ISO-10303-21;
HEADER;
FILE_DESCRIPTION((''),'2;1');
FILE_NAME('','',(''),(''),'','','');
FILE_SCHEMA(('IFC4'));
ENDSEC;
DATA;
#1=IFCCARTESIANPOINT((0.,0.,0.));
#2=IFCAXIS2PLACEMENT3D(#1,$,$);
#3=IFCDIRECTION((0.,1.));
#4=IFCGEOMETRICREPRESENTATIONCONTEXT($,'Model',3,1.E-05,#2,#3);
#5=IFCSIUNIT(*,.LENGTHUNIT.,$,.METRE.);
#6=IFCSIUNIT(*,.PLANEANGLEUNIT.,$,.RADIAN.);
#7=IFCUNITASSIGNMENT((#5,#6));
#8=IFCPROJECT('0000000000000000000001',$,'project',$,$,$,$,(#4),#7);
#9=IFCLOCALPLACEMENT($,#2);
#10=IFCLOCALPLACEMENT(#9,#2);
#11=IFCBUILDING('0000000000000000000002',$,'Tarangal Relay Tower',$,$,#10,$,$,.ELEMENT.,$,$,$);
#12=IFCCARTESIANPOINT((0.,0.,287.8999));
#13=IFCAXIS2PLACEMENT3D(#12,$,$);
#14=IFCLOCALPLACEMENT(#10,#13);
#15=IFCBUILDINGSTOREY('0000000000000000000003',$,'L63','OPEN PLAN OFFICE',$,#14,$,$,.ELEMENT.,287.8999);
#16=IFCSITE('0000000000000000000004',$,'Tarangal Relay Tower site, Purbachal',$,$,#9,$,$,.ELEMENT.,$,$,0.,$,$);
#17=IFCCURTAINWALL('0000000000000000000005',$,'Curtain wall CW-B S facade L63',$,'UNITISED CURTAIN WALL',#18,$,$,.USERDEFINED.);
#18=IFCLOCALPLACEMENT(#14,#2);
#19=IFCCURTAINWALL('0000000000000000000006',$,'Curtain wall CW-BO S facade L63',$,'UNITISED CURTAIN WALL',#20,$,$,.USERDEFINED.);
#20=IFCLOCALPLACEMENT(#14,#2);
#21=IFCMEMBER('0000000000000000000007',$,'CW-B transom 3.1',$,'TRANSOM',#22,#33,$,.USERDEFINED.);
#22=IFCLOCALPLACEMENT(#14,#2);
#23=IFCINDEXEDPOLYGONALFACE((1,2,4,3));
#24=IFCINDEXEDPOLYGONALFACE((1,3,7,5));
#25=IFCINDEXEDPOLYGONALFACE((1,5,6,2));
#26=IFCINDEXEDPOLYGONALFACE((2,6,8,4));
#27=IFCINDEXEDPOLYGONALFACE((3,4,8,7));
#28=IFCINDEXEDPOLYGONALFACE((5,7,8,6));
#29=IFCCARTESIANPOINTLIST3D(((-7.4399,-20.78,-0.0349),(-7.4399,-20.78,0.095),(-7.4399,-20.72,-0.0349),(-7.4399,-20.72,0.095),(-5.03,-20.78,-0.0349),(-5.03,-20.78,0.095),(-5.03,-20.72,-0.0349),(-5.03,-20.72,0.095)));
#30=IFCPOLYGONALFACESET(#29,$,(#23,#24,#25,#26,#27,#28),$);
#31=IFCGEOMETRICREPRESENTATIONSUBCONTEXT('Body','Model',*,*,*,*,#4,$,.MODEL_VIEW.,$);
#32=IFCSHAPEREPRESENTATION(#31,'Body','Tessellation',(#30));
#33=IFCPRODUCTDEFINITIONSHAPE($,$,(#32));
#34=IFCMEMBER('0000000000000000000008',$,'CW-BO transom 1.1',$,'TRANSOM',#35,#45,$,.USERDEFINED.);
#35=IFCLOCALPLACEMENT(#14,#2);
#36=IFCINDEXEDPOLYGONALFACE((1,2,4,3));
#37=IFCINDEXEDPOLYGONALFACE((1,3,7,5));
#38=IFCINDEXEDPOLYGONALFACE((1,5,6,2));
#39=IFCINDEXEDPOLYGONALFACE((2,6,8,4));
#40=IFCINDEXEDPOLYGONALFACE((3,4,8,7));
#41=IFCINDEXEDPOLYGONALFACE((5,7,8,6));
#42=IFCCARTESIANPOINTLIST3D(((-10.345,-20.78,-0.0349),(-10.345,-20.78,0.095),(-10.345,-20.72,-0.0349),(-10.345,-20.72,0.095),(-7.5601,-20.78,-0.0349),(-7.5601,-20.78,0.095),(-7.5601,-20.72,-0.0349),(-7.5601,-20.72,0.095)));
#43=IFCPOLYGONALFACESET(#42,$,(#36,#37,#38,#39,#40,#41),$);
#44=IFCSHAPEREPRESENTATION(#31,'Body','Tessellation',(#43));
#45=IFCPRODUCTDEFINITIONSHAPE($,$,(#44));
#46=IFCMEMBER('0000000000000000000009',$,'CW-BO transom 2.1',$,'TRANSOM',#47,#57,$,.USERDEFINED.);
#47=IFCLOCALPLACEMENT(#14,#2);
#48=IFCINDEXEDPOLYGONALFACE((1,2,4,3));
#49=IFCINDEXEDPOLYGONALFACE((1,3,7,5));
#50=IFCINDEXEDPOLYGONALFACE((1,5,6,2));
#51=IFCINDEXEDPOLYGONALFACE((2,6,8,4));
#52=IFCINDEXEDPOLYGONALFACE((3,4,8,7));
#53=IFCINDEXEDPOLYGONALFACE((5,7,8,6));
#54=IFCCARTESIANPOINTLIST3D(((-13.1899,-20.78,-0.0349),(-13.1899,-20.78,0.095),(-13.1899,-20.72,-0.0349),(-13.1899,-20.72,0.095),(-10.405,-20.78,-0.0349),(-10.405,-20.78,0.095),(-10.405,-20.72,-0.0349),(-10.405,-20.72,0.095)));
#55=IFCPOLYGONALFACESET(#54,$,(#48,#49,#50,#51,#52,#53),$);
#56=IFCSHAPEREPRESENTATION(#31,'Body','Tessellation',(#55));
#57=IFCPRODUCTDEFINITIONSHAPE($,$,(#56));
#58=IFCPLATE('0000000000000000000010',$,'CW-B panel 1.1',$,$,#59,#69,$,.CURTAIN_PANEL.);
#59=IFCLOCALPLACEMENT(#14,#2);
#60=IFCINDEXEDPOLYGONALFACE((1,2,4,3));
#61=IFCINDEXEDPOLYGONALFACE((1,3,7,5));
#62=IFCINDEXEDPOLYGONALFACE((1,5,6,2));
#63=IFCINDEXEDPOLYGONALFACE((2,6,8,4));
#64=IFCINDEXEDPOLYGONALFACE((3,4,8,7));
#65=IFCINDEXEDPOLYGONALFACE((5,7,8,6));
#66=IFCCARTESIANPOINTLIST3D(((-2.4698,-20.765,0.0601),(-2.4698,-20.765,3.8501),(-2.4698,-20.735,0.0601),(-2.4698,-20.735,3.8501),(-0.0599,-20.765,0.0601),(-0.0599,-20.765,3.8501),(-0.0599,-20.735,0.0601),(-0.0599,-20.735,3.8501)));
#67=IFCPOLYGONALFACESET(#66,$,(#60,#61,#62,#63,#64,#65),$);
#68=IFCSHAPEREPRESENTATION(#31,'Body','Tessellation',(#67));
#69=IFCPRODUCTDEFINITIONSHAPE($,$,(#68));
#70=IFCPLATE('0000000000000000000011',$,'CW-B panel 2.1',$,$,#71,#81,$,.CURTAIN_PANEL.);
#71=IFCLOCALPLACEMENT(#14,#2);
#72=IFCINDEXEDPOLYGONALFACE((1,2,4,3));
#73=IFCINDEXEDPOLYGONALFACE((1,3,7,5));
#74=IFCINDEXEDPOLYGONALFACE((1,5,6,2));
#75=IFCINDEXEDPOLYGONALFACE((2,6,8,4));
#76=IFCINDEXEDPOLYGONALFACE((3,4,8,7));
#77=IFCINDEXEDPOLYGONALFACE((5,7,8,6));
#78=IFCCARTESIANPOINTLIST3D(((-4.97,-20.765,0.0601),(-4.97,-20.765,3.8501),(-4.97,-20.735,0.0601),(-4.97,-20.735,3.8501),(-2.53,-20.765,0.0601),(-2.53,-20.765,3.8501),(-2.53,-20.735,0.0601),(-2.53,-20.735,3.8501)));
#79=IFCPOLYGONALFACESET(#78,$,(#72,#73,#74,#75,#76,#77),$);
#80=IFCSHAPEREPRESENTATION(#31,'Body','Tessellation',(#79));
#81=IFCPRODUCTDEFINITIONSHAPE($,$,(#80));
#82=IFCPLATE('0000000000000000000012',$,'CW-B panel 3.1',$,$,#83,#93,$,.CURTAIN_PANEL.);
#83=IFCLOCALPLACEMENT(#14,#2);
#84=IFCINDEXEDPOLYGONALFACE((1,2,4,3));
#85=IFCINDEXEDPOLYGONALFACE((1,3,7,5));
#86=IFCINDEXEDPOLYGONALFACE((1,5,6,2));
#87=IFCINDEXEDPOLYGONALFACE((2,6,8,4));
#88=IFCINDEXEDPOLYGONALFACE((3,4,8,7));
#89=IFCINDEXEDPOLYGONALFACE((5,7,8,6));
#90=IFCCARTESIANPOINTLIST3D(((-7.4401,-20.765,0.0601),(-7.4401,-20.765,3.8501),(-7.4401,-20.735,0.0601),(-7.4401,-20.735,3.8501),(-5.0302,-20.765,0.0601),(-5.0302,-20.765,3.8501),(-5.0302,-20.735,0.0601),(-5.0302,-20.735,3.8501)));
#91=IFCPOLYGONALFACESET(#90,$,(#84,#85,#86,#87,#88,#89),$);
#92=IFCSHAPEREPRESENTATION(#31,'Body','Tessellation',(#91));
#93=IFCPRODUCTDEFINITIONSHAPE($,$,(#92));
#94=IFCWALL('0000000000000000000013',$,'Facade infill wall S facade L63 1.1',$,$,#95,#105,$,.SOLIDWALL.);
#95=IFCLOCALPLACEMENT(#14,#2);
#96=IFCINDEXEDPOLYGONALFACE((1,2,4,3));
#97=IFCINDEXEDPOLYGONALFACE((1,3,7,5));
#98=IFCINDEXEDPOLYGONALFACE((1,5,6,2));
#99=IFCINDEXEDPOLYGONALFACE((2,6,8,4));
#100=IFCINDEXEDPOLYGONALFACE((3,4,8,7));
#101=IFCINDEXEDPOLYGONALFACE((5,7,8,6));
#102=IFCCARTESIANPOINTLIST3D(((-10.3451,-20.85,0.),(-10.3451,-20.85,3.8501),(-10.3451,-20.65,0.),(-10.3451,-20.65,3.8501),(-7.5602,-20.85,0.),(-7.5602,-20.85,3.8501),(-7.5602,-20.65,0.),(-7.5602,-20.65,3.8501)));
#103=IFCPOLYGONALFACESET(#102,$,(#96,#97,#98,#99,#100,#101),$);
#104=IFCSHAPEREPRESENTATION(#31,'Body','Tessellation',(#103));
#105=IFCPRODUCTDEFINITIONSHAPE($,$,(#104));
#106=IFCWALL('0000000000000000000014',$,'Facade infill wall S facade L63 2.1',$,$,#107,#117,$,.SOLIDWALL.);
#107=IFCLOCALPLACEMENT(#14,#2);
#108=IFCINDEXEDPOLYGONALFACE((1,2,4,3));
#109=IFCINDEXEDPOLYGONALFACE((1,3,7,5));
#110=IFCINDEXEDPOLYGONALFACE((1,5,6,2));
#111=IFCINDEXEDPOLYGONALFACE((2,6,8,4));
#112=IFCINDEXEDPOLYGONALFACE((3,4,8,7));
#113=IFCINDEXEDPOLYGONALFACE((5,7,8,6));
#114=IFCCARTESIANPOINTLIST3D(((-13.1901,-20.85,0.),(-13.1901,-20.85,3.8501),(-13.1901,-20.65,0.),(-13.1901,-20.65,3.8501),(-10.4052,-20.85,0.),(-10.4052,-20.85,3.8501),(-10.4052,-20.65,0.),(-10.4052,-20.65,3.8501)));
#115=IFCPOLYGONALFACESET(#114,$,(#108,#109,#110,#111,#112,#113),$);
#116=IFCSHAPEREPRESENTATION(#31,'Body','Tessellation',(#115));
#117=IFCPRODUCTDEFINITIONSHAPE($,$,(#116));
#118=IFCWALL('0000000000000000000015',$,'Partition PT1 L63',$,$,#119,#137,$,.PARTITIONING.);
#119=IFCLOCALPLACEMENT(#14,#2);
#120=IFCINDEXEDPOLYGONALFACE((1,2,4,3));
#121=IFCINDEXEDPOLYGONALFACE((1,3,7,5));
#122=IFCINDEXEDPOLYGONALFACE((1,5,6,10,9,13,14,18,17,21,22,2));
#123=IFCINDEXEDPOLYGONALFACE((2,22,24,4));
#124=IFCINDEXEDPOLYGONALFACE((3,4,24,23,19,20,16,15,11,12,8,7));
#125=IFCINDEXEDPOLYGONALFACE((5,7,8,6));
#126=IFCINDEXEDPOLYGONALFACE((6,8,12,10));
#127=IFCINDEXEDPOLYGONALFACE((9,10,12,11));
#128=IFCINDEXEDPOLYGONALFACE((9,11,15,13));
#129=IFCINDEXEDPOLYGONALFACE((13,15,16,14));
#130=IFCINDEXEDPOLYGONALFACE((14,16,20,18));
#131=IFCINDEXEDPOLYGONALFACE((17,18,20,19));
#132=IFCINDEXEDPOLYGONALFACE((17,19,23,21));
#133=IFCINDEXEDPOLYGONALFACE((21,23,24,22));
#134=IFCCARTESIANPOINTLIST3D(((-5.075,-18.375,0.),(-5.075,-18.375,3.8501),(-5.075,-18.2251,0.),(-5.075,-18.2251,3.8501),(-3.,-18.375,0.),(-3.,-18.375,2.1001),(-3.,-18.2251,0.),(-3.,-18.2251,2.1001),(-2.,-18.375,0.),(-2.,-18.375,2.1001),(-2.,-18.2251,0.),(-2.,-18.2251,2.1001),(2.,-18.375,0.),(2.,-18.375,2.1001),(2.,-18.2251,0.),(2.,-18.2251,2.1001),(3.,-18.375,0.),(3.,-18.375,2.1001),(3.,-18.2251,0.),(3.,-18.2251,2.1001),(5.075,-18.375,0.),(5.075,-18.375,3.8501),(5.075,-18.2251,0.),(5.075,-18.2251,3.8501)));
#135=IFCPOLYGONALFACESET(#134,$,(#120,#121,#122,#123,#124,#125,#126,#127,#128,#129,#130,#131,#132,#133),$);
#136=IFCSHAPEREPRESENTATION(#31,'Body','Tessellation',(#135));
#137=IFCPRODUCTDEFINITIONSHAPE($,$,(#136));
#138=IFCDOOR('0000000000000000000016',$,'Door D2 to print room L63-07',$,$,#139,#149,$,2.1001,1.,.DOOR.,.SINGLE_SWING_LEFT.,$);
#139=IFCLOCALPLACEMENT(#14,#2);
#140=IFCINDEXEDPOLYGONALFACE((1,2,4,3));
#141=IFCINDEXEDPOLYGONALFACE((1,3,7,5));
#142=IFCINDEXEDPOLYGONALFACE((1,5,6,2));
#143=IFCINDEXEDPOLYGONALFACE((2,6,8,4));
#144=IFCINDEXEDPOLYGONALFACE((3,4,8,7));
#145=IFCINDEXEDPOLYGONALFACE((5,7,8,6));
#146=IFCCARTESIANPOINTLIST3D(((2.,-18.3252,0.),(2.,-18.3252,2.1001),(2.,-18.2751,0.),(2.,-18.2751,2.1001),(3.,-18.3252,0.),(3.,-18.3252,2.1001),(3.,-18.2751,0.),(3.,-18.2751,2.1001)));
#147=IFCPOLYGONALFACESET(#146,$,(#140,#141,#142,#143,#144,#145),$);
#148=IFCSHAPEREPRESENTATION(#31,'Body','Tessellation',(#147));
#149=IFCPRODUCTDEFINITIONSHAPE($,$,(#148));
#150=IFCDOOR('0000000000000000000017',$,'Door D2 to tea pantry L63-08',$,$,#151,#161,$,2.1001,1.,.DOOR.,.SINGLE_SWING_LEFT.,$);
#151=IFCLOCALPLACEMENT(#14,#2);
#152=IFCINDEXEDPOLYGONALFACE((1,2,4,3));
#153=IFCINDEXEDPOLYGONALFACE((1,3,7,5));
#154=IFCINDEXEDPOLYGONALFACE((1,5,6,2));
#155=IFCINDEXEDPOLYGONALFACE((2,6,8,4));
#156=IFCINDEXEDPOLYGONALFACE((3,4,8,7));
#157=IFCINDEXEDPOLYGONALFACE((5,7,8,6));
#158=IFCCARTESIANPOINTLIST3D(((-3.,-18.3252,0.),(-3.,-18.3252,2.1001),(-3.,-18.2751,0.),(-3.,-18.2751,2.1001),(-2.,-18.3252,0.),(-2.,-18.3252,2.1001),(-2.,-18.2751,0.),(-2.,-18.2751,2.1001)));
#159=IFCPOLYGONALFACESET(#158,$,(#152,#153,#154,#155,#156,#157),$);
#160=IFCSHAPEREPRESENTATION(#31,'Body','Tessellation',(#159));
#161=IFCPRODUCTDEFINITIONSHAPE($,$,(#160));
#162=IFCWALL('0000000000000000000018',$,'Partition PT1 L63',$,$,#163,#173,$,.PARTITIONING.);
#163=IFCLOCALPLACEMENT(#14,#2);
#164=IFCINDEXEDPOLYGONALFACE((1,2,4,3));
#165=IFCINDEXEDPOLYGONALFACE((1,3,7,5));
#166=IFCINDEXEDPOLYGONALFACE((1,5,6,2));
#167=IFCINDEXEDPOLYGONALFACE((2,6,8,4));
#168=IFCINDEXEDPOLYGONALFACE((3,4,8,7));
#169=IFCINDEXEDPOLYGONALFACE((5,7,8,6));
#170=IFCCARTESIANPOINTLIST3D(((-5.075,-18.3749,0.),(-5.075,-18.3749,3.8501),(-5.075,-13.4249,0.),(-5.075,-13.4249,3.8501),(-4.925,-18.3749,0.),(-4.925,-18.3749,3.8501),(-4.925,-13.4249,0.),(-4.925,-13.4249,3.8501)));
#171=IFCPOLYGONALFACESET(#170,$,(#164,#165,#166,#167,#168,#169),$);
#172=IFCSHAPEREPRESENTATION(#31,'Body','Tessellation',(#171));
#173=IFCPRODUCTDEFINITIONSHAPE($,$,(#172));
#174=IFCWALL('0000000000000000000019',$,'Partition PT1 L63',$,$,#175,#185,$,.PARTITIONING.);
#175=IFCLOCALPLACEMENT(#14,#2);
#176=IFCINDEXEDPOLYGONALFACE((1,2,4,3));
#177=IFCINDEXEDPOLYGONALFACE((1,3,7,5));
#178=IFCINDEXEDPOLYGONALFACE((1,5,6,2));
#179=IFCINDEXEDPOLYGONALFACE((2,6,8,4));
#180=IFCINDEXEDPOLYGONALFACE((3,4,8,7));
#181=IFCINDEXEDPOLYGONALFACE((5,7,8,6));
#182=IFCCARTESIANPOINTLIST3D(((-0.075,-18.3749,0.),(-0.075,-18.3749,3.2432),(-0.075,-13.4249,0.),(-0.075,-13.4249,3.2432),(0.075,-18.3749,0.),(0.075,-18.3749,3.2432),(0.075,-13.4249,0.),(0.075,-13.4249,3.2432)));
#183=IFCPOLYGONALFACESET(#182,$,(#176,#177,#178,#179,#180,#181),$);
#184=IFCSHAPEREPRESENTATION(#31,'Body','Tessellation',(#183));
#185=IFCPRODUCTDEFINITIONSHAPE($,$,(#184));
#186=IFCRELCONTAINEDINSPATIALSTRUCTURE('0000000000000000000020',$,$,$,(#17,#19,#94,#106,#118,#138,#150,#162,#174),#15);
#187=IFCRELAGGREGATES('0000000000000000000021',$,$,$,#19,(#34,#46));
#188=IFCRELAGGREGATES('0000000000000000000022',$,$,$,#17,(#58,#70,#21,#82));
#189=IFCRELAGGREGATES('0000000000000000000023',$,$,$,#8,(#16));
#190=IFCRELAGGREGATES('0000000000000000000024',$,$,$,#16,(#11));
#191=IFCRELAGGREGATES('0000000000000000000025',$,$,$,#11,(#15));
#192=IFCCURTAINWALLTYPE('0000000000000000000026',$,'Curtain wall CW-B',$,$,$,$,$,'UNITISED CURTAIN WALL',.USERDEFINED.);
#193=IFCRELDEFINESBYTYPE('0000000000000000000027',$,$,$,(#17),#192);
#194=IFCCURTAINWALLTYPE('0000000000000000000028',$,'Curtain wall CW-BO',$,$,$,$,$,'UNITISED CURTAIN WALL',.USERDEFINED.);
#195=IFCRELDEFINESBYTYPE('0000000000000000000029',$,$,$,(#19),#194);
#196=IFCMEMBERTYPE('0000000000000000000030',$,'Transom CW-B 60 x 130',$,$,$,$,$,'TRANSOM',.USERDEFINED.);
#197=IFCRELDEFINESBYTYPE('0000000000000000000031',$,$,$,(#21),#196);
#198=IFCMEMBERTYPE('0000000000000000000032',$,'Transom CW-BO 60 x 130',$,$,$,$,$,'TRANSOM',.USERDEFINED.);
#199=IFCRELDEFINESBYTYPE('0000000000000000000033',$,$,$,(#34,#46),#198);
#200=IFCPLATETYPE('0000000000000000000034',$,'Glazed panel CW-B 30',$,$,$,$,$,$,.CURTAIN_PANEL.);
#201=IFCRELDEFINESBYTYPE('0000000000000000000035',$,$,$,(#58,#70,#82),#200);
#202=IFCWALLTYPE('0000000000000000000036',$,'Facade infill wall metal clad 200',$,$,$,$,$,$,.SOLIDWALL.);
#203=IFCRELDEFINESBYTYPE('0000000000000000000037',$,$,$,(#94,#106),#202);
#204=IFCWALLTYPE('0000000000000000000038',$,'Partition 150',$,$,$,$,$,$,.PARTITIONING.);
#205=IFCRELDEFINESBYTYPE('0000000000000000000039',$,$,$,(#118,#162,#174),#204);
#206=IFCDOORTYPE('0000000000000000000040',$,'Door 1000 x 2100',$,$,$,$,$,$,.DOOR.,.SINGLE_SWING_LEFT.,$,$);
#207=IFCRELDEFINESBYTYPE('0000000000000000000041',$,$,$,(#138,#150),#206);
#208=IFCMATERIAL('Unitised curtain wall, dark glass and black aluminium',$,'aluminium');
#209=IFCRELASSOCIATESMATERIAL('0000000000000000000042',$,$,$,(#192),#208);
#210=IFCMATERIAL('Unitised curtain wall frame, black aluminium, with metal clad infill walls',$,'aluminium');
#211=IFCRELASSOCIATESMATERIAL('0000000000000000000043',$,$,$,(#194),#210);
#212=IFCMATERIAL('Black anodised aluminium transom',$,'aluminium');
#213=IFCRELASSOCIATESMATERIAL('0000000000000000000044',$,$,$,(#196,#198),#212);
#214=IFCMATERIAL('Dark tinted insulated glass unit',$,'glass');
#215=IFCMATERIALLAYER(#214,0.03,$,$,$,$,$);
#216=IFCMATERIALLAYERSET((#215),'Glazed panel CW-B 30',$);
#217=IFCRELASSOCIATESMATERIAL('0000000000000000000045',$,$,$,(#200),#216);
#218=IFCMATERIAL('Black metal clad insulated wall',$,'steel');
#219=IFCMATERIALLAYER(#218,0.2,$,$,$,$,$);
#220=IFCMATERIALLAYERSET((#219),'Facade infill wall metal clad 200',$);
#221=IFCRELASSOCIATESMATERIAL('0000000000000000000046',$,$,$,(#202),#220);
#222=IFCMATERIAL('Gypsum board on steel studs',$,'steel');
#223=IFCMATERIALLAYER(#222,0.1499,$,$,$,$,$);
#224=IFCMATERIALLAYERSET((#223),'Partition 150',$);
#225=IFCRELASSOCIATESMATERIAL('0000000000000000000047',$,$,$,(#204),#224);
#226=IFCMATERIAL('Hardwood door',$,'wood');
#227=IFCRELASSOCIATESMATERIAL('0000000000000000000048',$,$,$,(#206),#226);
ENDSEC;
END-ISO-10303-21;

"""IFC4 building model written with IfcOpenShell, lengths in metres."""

from ifc_helpers import new_model, si_unit, direction, frame, frame_2d, origin, origin_2d, place, context, subcontext, project, spatial, rectangle, extrude, material, layer, layer_set, material_profile, profile_set, type_object, element, fill, aggregate, save


model = new_model("IFC4")

# Units and contexts
model_context = context("Model", 3, precision=1e-05, world=origin(), true_north=direction((0.0, 1.0)))
body_context = subcontext(model_context, "Body", "Model", "MODEL_VIEW")
ifc_project = project(units=[si_unit("LENGTHUNIT", "METRE"), si_unit("PLANEANGLEUNIT", "RADIAN")], contexts=[model_context])

# Site, building, storey
site_placement = place(None, origin())
site = spatial("IfcSite", under=ifc_project, at=site_placement, Name="Tarangal Relay Tower site, Purbachal", CompositionType="ELEMENT", RefElevation=0.0)
building_placement = place(site_placement, origin())
building = spatial("IfcBuilding", under=site, at=building_placement, Name="Tarangal Relay Tower", CompositionType="ELEMENT")
storey_placement = place(building_placement, frame((0.0, 0.0, 287.8999)))
storey = spatial("IfcBuildingStorey", under=building, at=storey_placement, Name="L63", Description="OPEN PLAN OFFICE", CompositionType="ELEMENT", Elevation=287.8999)

# Curtain walls
ifc_material_1 = material(Name="Unitised curtain wall, dark glass and black aluminium", Category="aluminium")
curtain_wall_type_1 = type_object("IfcCurtainWallType", Name="Curtain wall CW-B", ElementType="UNITISED CURTAIN WALL", PredefinedType="USERDEFINED", material=ifc_material_1)
curtain_wall_1_placement = place(storey_placement, origin())
curtain_wall_1 = element("IfcCurtainWall", 1, at=curtain_wall_1_placement, inside=storey, type_object=curtain_wall_type_1, Name="Curtain wall CW-B S facade L63", ObjectType="UNITISED CURTAIN WALL", PredefinedType="USERDEFINED")
ifc_material_2 = material(Name="Unitised curtain wall frame, black aluminium, with metal clad infill walls", Category="aluminium")
curtain_wall_type_2 = type_object("IfcCurtainWallType", Name="Curtain wall CW-BO", ElementType="UNITISED CURTAIN WALL", PredefinedType="USERDEFINED", material=ifc_material_2)
curtain_wall_2_placement = place(storey_placement, origin())
curtain_wall_2 = element("IfcCurtainWall", 2, at=curtain_wall_2_placement, inside=storey, type_object=curtain_wall_type_2, Name="Curtain wall CW-BO S facade L63", ObjectType="UNITISED CURTAIN WALL", PredefinedType="USERDEFINED")

# Members
ifc_material_3 = material(Name="Black anodised aluminium transom", Category="aluminium")
ifc_material_profile_1 = material_profile(ifc_material_3, rectangle(XDim=0.0601, YDim=0.1299, at=origin_2d()), Name="CW-BT 60X130")
ifc_profile_set_1 = profile_set([ifc_material_profile_1], Name="Black anodised aluminium transom")
member_type_1 = type_object("IfcMemberType", Name="Transom CW-B 60 x 130", ElementType="TRANSOM", PredefinedType="USERDEFINED", material=ifc_profile_set_1)
member_1_placement = place(storey_placement, frame((-5.03, -20.75, 0.03), z_axis=(-1.0, 0.0, 0.0), x_axis=(0.0, -1.0, 0.0)))
member_1 = element("IfcMember", 3, at=member_1_placement, type_object=member_type_1, Name="CW-B transom 3.1", ObjectType="TRANSOM", PredefinedType="USERDEFINED", context=body_context, shape_type="SweptSolid", body=[
    extrude(rectangle(XDim=0.0601, YDim=0.1299, at=origin_2d()), origin(), (0.0, 0.0, 1.0), 2.4099),
])
ifc_material_profile_2 = material_profile(ifc_material_3, rectangle(XDim=0.0601, YDim=0.1299, at=origin_2d()), Name="CW-BOT 60X130")
ifc_profile_set_2 = profile_set([ifc_material_profile_2], Name="Black anodised aluminium transom")
member_type_2 = type_object("IfcMemberType", Name="Transom CW-BO 60 x 130", ElementType="TRANSOM", PredefinedType="USERDEFINED", material=ifc_profile_set_2)
member_2_placement = place(storey_placement, frame((-7.5601, -20.75, 0.03), z_axis=(-1.0, 0.0, 0.0), x_axis=(0.0, -1.0, 0.0)))
member_2 = element("IfcMember", 4, at=member_2_placement, type_object=member_type_2, Name="CW-BO transom 1.1", ObjectType="TRANSOM", PredefinedType="USERDEFINED", context=body_context, shape_type="SweptSolid", body=[
    extrude(rectangle(XDim=0.0601, YDim=0.1299, at=origin_2d()), origin(), (0.0, 0.0, 1.0), 2.7849),
])
member_3_placement = place(storey_placement, frame((-10.405, -20.75, 0.03), z_axis=(-1.0, 0.0, 0.0), x_axis=(0.0, -1.0, 0.0)))
member_3 = element("IfcMember", 5, at=member_3_placement, type_object=member_type_2, Name="CW-BO transom 2.1", ObjectType="TRANSOM", PredefinedType="USERDEFINED", context=body_context, shape_type="SweptSolid", body=[
    extrude(rectangle(XDim=0.0601, YDim=0.1299, at=origin_2d()), origin(), (0.0, 0.0, 1.0), 2.7849),
])
aggregate(curtain_wall_2, [member_2, member_3])

# Plates
ifc_material_4 = material(Name="Dark tinted insulated glass unit", Category="glass")
ifc_layer_1 = layer(ifc_material_4, 0.03)
ifc_layer_set_1 = layer_set([ifc_layer_1], Name="Glazed panel CW-B 30")
plate_type = type_object("IfcPlateType", Name="Glazed panel CW-B 30", PredefinedType="CURTAIN_PANEL", material=ifc_layer_set_1)
plate_1_placement = place(storey_placement, frame((-1.2649, -20.75, 0.0601), z_axis=(0.0, 0.0, 1.0), x_axis=(-1.0, 0.0, 0.0)))
plate_1 = element("IfcPlate", 6, at=plate_1_placement, type_object=plate_type, Name="CW-B panel 1.1", PredefinedType="CURTAIN_PANEL", context=body_context, shape_type="SweptSolid", body=[
    extrude(rectangle(XDim=2.4099, YDim=0.03, at=origin_2d()), origin(), (0.0, 0.0, 1.0), 3.79),
])
plate_2_placement = place(storey_placement, frame((-3.75, -20.75, 0.0601), z_axis=(0.0, 0.0, 1.0), x_axis=(-1.0, 0.0, 0.0)))
plate_2 = element("IfcPlate", 7, at=plate_2_placement, type_object=plate_type, Name="CW-B panel 2.1", PredefinedType="CURTAIN_PANEL", context=body_context, shape_type="SweptSolid", body=[
    extrude(rectangle(XDim=2.4399, YDim=0.03, at=origin_2d()), origin(), (0.0, 0.0, 1.0), 3.79),
])
plate_3_placement = place(storey_placement, frame((-6.2351, -20.75, 0.0601), z_axis=(0.0, 0.0, 1.0), x_axis=(-1.0, 0.0, 0.0)))
plate_3 = element("IfcPlate", 8, at=plate_3_placement, type_object=plate_type, Name="CW-B panel 3.1", PredefinedType="CURTAIN_PANEL", context=body_context, shape_type="SweptSolid", body=[
    extrude(rectangle(XDim=2.4099, YDim=0.03, at=origin_2d()), origin(), (0.0, 0.0, 1.0), 3.79),
])
aggregate(curtain_wall_1, [plate_1, plate_2, member_1, plate_3])

# Walls
ifc_material_5 = material(Name="Black metal clad insulated wall", Category="steel")
ifc_layer_2 = layer(ifc_material_5, 0.2)
ifc_layer_set_2 = layer_set([ifc_layer_2], Name="Facade infill wall metal clad 200")
wall_type_1 = type_object("IfcWallType", Name="Facade infill wall metal clad 200", PredefinedType="SOLIDWALL", material=ifc_layer_set_2)
for number, where, z_axis, x_axis, name in (
    (9, (-7.5601, -20.75, 0.0), (0.0, 0.0, 1.0), (-1.0, 0.0, 0.0), "Facade infill wall S facade L63 1.1"),
    (10, (-10.405, -20.75, 0.0), (0.0, 0.0, 1.0), (-1.0, 0.0, 0.0), "Facade infill wall S facade L63 2.1"),
):
    element("IfcWall", number, at=place(storey_placement, frame(where, z_axis=z_axis, x_axis=x_axis)), inside=storey, type_object=wall_type_1, Name=name, PredefinedType="SOLIDWALL", context=body_context, shape_type="SweptSolid", body=[
        extrude(rectangle(XDim=2.7849, YDim=0.2, at=frame_2d((1.3926, 0.0))), origin(), (0.0, 0.0, 1.0), 3.8501),
    ])

# Wall, openings, doors
ifc_material_6 = material(Name="Gypsum board on steel studs", Category="steel")
ifc_layer_3 = layer(ifc_material_6, 0.1499)
ifc_layer_set_3 = layer_set([ifc_layer_3], Name="Partition 150")
wall_type_2 = type_object("IfcWallType", Name="Partition 150", PredefinedType="PARTITIONING", material=ifc_layer_set_3)
wall_1_placement = place(storey_placement, frame((-5.075, -18.3, 0.0), z_axis=(0.0, 0.0, 1.0), x_axis=(1.0, 0.0, 0.0)))
wall_1 = element("IfcWall", 11, at=wall_1_placement, inside=storey, type_object=wall_type_2, Name="Partition PT1 L63", PredefinedType="PARTITIONING", context=body_context, shape_type="SweptSolid", body=[
    extrude(rectangle(XDim=10.1499, YDim=0.1499, at=frame_2d((5.075, 0.0))), origin(), (0.0, 0.0, 1.0), 3.8501),
])
opening_1_placement = place(wall_1_placement, frame((7.075, 0.0, 0.0)))
opening_1 = element("IfcOpeningElement", 12, at=opening_1_placement, cuts=wall_1, PredefinedType="OPENING", context=body_context, shape_type="SweptSolid", body=[
    extrude(rectangle(XDim=1.0, YDim=2.1001, at=frame_2d((0.5, 1.05))), frame((0.0, 0.085, 0.0), z_axis=(0.0, -1.0, 0.0), x_axis=(1.0, 0.0, 0.0)), (0.0, 0.0, 1.0), 0.1699),
])
opening_2_placement = place(wall_1_placement, frame((2.075, 0.0, 0.0)))
opening_2 = element("IfcOpeningElement", 13, at=opening_2_placement, cuts=wall_1, PredefinedType="OPENING", context=body_context, shape_type="SweptSolid", body=[
    extrude(rectangle(XDim=1.0, YDim=2.1001, at=frame_2d((0.5, 1.05))), frame((0.0, 0.085, 0.0), z_axis=(0.0, -1.0, 0.0), x_axis=(1.0, 0.0, 0.0)), (0.0, 0.0, 1.0), 0.1699),
])
ifc_material_7 = material(Name="Hardwood door", Category="wood")
door_type = type_object("IfcDoorType", Name="Door 1000 x 2100", OperationType="SINGLE_SWING_LEFT", PredefinedType="DOOR", material=ifc_material_7)
door_1_placement = place(opening_1_placement, origin())
door_1 = element("IfcDoor", 14, at=door_1_placement, inside=storey, type_object=door_type, Name="Door D2 to print room L63-07", OperationType="SINGLE_SWING_LEFT", OverallHeight=2.1001, OverallWidth=1.0, PredefinedType="DOOR", context=body_context, shape_type="SweptSolid", body=[
    extrude(rectangle(XDim=1.0, YDim=2.1001, at=frame_2d((0.5, 1.05))), frame((0.0, 0.0249, 0.0), z_axis=(0.0, -1.0, 0.0), x_axis=(1.0, 0.0, 0.0)), (0.0, 0.0, 1.0), 0.05),
])
fill(opening_1, door_1)
door_2_placement = place(opening_2_placement, origin())
door_2 = element("IfcDoor", 15, at=door_2_placement, inside=storey, type_object=door_type, Name="Door D2 to tea pantry L63-08", OperationType="SINGLE_SWING_LEFT", OverallHeight=2.1001, OverallWidth=1.0, PredefinedType="DOOR", context=body_context, shape_type="SweptSolid", body=[
    extrude(rectangle(XDim=1.0, YDim=2.1001, at=frame_2d((0.5, 1.05))), frame((0.0, 0.0249, 0.0), z_axis=(0.0, -1.0, 0.0), x_axis=(1.0, 0.0, 0.0)), (0.0, 0.0, 1.0), 0.05),
])
fill(opening_2, door_2)

# Walls
wall_2_placement = place(storey_placement, frame((-5.0, -18.375, 0.0), z_axis=(0.0, 0.0, 1.0), x_axis=(0.0, 1.0, 0.0)))
element("IfcWall", 16, at=wall_2_placement, inside=storey, type_object=wall_type_2, Name="Partition PT1 L63", PredefinedType="PARTITIONING", context=body_context, shape_type="SweptSolid", body=[
    extrude(rectangle(XDim=4.95, YDim=0.1499, at=frame_2d((2.4751, 0.0))), origin(), (0.0, 0.0, 1.0), 3.8501),
])
wall_3_placement = place(storey_placement, frame((0.0, -18.375, 0.0), z_axis=(0.0, 0.0, 1.0), x_axis=(0.0, 1.0, 0.0)))
element("IfcWall", 17, at=wall_3_placement, inside=storey, type_object=wall_type_2, Name="Partition PT1 L63", PredefinedType="PARTITIONING", context=body_context, shape_type="SweptSolid", body=[
    extrude(rectangle(XDim=4.95, YDim=0.1499, at=frame_2d((2.4751, 0.0))), origin(), (0.0, 0.0, 1.0), 3.2432),
])

save(model, "model.ifc")
